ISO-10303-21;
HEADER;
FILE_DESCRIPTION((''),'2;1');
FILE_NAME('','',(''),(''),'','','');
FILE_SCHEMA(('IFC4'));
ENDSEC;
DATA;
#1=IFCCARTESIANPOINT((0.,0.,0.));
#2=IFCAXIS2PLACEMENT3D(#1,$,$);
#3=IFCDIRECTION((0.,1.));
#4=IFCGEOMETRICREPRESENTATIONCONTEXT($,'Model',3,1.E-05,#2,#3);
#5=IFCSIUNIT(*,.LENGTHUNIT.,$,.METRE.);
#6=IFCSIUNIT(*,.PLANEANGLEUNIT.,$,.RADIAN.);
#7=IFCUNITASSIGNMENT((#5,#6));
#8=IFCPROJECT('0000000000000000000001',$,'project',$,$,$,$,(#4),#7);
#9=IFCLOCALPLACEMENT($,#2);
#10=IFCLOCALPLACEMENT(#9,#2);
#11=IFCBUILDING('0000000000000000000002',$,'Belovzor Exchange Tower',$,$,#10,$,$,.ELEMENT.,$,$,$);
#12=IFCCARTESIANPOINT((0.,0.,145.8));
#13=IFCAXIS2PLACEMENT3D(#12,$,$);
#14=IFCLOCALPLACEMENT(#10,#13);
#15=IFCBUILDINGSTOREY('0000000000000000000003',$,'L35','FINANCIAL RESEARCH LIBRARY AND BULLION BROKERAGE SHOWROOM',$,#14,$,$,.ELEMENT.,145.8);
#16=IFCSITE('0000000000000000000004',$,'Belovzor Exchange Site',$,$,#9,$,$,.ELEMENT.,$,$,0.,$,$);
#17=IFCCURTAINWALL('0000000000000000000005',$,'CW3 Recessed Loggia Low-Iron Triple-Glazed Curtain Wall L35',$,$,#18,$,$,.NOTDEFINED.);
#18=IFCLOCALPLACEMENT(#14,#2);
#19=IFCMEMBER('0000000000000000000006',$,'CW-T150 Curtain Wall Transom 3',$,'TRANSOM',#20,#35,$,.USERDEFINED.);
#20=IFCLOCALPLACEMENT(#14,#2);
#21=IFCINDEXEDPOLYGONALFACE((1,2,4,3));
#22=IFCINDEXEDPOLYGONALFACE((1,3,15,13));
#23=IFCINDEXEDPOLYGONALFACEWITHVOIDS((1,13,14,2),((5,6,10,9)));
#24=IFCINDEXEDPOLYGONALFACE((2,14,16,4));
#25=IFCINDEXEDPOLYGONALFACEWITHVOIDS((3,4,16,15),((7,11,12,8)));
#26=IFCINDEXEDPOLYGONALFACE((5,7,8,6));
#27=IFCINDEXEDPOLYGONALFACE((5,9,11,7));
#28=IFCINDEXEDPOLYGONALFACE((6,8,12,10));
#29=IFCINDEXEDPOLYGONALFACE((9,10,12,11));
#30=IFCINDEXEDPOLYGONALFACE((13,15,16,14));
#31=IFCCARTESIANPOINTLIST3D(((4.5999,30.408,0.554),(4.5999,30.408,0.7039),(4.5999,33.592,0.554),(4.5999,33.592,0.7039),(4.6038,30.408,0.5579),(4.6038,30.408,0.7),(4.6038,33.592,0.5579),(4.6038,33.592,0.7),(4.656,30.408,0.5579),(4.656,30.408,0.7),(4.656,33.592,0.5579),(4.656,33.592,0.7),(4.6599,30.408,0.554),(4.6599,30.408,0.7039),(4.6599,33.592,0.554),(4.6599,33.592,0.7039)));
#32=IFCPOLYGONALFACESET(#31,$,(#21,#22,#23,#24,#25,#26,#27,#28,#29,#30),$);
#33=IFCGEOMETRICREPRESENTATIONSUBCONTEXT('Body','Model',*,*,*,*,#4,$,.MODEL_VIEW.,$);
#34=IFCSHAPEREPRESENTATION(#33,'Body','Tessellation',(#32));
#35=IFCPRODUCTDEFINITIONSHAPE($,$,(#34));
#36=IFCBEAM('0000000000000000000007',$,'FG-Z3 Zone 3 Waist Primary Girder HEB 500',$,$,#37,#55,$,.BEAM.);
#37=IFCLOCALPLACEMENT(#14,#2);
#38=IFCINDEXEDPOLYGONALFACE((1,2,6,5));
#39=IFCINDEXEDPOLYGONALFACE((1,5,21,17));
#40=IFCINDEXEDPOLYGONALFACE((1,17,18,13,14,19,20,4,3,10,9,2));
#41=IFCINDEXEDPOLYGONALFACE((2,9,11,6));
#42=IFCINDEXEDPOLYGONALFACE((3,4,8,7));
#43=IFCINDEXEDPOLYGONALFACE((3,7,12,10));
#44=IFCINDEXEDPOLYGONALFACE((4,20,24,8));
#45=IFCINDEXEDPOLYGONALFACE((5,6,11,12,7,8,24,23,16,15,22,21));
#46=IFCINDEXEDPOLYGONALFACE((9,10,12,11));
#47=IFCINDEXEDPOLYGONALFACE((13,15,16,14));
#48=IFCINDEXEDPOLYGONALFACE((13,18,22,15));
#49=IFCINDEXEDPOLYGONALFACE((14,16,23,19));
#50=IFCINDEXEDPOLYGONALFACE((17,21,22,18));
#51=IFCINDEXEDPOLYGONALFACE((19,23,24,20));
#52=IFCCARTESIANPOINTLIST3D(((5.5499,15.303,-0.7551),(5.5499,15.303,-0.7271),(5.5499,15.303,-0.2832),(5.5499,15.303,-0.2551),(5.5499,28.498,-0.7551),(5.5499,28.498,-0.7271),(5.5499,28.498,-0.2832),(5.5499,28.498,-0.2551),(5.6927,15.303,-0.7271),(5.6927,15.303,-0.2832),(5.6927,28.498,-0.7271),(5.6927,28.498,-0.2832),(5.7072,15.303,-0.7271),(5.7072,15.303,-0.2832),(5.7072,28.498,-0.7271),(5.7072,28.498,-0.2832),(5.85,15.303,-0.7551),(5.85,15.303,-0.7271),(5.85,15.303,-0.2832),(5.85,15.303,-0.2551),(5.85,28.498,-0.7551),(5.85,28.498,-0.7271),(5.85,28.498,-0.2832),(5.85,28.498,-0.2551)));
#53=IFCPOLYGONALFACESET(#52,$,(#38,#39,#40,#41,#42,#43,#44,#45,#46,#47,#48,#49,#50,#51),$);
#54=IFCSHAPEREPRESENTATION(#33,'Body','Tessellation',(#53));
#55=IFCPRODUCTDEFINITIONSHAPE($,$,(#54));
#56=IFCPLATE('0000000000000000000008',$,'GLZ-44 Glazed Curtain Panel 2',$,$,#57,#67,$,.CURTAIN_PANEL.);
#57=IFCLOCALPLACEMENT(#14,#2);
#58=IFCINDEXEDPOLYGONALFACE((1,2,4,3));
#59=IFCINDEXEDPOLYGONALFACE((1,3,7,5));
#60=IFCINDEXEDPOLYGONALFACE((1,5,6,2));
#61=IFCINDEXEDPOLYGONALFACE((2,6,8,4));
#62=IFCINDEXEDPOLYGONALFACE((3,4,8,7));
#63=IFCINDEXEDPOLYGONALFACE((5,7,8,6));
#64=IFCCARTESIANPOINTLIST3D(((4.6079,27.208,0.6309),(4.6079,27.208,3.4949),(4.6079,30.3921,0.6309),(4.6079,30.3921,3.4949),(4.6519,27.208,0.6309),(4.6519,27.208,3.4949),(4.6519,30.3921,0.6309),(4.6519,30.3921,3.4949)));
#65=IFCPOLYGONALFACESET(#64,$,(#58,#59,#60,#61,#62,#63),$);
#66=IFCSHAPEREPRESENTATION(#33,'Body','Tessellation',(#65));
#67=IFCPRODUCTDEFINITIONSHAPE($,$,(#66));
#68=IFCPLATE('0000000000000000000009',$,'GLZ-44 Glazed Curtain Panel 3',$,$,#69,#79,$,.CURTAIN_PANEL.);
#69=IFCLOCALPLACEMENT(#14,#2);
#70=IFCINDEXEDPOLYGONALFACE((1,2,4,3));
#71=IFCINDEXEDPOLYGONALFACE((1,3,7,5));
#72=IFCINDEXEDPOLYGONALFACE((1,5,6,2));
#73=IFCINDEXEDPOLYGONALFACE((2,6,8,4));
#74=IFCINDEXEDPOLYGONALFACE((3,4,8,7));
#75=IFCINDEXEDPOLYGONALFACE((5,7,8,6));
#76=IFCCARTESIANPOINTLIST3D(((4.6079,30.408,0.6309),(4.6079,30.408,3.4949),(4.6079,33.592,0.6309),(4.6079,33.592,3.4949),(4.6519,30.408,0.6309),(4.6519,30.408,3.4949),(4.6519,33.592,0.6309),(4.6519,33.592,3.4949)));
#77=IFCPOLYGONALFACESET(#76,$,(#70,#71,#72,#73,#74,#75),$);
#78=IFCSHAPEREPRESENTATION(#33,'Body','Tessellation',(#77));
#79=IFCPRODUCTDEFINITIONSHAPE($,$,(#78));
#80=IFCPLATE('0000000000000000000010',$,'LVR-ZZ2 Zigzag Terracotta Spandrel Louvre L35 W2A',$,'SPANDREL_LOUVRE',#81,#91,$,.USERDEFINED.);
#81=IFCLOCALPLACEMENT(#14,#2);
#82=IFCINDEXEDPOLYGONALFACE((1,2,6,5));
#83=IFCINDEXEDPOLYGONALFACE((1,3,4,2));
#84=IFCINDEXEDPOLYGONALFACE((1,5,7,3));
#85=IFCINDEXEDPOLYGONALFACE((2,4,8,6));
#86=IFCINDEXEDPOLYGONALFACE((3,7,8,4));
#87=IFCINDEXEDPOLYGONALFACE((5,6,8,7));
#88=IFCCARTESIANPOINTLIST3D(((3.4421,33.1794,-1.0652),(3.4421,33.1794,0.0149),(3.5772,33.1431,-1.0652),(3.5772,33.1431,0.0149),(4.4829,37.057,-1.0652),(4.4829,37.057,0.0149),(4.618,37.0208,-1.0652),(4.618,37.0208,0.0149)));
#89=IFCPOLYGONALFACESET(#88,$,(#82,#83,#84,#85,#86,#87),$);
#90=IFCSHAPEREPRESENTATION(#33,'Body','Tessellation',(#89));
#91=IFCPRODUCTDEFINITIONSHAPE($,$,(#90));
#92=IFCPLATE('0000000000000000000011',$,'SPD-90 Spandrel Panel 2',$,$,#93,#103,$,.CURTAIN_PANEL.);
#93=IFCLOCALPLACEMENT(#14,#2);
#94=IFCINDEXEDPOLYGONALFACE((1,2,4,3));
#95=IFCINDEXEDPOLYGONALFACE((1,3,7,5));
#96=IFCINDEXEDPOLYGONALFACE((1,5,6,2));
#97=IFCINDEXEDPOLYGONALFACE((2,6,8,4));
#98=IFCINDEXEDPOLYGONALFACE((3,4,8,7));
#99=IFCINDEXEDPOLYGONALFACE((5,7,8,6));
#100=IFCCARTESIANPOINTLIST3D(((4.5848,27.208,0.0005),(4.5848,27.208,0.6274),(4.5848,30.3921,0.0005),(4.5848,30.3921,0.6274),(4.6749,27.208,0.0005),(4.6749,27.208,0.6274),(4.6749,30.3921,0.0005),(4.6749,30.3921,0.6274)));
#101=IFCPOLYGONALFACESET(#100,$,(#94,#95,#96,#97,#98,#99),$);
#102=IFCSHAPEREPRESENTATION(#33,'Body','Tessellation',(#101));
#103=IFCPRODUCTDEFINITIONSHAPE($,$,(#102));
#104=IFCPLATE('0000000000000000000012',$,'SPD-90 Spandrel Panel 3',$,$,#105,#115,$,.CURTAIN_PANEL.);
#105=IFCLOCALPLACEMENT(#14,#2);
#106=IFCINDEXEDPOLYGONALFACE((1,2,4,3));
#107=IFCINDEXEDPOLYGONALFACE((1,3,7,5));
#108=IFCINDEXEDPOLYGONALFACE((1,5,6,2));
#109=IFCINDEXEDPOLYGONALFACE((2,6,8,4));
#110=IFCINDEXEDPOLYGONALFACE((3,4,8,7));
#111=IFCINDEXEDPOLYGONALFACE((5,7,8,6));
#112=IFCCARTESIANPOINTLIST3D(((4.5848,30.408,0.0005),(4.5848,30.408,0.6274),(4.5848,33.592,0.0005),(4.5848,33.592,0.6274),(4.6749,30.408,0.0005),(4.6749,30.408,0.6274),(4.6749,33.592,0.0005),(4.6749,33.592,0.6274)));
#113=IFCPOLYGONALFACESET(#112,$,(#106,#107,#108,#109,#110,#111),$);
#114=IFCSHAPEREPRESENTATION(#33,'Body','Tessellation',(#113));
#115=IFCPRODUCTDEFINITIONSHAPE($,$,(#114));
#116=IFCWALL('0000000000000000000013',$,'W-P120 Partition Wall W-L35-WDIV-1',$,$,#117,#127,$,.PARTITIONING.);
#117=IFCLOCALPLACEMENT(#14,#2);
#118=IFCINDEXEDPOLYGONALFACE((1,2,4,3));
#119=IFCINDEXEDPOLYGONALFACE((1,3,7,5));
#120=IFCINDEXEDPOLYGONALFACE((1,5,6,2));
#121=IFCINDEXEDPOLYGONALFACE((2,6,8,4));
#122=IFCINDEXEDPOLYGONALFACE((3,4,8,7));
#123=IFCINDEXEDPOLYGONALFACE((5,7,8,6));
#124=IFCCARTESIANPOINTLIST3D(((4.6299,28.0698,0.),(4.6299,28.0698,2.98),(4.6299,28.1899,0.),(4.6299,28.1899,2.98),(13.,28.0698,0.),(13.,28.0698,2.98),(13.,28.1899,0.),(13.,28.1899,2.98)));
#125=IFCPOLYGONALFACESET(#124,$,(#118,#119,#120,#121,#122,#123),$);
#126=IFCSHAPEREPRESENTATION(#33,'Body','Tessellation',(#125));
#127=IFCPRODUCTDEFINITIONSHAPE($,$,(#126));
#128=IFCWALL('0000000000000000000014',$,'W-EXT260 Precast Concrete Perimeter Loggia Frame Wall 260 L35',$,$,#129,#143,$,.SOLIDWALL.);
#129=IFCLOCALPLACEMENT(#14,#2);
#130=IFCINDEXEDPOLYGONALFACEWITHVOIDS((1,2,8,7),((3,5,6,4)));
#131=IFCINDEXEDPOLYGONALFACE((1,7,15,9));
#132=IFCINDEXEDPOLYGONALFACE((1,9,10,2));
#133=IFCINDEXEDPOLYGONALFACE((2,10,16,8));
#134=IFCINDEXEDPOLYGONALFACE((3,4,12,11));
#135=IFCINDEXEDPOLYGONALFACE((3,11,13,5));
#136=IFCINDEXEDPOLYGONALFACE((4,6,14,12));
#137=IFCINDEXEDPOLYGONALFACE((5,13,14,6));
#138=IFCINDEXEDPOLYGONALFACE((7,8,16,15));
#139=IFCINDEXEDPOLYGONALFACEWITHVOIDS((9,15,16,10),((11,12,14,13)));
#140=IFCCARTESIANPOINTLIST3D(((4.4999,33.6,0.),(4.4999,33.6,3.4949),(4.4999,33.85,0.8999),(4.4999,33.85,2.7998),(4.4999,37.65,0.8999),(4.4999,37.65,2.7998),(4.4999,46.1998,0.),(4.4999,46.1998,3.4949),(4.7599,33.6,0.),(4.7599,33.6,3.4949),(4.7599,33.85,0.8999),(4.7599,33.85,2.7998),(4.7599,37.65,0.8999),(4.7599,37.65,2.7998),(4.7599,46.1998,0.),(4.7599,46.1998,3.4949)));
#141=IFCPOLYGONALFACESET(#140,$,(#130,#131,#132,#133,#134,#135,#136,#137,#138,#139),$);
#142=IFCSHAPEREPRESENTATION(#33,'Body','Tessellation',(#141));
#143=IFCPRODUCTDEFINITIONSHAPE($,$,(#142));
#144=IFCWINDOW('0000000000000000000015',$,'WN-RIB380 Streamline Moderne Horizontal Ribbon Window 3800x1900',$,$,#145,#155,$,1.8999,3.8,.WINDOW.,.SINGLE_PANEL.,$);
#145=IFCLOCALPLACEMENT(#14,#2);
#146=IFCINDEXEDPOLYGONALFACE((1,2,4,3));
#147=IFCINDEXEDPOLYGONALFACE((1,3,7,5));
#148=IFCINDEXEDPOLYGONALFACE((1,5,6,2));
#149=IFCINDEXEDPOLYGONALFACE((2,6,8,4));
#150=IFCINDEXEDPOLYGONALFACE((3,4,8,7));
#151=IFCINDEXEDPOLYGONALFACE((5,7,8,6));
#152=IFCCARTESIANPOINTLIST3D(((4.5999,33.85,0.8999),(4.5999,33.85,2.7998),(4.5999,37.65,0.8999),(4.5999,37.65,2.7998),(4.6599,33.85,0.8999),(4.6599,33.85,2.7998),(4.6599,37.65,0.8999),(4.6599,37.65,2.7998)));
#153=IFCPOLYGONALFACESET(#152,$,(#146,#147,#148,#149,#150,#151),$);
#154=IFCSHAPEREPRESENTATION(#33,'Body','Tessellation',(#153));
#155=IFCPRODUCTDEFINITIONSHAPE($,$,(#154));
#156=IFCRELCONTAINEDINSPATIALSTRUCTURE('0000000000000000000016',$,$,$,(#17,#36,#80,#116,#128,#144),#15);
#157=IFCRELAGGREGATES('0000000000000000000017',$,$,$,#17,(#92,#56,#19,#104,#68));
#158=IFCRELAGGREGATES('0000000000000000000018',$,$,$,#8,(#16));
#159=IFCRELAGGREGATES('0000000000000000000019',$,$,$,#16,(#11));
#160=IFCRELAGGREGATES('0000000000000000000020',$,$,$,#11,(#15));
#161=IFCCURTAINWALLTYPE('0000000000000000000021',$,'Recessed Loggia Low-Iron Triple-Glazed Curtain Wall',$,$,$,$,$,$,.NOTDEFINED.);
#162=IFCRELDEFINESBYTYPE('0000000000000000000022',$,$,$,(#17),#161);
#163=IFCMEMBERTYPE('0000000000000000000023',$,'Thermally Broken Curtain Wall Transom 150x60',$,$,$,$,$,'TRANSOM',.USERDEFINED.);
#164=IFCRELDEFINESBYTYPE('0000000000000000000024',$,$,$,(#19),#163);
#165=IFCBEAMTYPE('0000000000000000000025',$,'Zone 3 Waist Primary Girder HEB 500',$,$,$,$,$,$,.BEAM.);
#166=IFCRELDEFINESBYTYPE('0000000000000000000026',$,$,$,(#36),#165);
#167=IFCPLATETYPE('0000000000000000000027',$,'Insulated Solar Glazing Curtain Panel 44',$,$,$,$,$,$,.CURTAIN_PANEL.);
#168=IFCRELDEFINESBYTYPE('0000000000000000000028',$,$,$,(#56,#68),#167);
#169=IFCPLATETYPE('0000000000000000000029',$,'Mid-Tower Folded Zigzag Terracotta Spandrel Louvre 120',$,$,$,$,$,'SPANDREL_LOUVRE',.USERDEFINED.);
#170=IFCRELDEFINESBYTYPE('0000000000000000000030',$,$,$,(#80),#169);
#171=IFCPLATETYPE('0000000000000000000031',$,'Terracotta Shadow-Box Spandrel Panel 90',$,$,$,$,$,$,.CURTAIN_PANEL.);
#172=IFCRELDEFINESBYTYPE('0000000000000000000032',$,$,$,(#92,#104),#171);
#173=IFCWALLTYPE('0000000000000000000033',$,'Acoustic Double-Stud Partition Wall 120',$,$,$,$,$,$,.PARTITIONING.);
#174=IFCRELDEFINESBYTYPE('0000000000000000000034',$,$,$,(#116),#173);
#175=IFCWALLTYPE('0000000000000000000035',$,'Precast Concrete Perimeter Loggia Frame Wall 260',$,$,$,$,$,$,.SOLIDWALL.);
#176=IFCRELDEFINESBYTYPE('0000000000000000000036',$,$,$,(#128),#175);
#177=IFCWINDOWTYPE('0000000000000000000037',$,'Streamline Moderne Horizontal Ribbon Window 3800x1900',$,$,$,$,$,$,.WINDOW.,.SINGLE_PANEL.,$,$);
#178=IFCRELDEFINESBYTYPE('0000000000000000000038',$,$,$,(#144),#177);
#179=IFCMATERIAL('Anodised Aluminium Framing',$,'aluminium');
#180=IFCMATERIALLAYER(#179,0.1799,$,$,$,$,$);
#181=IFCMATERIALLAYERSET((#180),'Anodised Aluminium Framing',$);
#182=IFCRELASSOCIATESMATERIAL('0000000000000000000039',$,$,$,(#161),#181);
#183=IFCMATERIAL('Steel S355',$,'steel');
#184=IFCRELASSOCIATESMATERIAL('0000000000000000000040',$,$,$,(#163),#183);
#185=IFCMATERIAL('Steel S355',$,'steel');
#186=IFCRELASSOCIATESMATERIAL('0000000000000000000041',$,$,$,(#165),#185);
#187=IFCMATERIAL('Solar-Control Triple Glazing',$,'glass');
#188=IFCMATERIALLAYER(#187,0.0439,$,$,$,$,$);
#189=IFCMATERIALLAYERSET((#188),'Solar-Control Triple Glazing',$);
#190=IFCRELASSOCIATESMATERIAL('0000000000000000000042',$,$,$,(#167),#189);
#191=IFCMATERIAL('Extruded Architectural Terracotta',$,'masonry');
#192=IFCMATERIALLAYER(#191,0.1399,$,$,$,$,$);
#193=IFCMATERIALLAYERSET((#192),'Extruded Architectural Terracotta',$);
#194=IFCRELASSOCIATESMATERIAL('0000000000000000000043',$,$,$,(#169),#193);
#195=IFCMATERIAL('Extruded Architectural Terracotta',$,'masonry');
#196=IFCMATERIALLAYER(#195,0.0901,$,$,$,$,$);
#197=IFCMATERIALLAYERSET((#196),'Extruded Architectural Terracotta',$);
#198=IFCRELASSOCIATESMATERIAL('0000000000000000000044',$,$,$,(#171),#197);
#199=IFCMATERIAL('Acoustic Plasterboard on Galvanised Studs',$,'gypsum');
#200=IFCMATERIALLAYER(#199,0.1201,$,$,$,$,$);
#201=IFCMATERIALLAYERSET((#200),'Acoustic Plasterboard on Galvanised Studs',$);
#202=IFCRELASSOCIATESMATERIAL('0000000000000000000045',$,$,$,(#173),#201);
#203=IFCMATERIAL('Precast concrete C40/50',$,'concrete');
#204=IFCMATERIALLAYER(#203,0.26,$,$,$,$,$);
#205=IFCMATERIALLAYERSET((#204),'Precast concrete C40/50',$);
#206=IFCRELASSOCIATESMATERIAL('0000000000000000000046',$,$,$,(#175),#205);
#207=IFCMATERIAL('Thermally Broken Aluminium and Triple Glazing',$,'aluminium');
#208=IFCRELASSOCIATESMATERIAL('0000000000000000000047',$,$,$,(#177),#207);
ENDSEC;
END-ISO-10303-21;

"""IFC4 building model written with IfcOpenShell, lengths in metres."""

from ifc_helpers import new_model, si_unit, direction, frame, frame_2d, origin, origin_2d, place, context, subcontext, project, spatial, rectangle, hollow_rectangle, i_section, extrude, material, layer, layer_set, material_profile, profile_set, type_object, element, fill, aggregate, save


model = new_model("IFC4")

# Units and contexts
model_context = context("Model", 3, precision=1e-05, world=origin(), true_north=direction((0.0, 1.0)))
body_context = subcontext(model_context, "Body", "Model", "MODEL_VIEW")
ifc_project = project(units=[si_unit("LENGTHUNIT", "METRE"), si_unit("PLANEANGLEUNIT", "RADIAN")], contexts=[model_context])

# Site, building, storey
site_placement = place(None, origin())
site = spatial("IfcSite", under=ifc_project, at=site_placement, Name="Belovzor Exchange Site", CompositionType="ELEMENT", RefElevation=0.0)
building_placement = place(site_placement, origin())
building = spatial("IfcBuilding", under=site, at=building_placement, Name="Belovzor Exchange Tower", CompositionType="ELEMENT")
storey_placement = place(building_placement, frame((0.0, 0.0, 145.8)))
storey = spatial("IfcBuildingStorey", under=building, at=storey_placement, Name="L35", Description="FINANCIAL RESEARCH LIBRARY AND BULLION BROKERAGE SHOWROOM", CompositionType="ELEMENT", Elevation=145.8)

# Curtain wall, member
ifc_material_1 = material(Name="Anodised Aluminium Framing", Category="aluminium")
ifc_layer_1 = layer(ifc_material_1, 0.1799)
ifc_layer_set_1 = layer_set([ifc_layer_1], Name="Anodised Aluminium Framing")
curtain_wall_type = type_object("IfcCurtainWallType", Name="Recessed Loggia Low-Iron Triple-Glazed Curtain Wall", PredefinedType="NOTDEFINED", material=ifc_layer_set_1)
curtain_wall_placement = place(storey_placement, origin())
curtain_wall = element("IfcCurtainWall", 1, at=curtain_wall_placement, inside=storey, type_object=curtain_wall_type, Name="CW3 Recessed Loggia Low-Iron Triple-Glazed Curtain Wall L35", PredefinedType="NOTDEFINED")
ifc_material_2 = material(Name="Steel S355", Category="steel")
ifc_material_profile_1 = material_profile(ifc_material_2, hollow_rectangle(XDim=0.0601, YDim=0.1499, WallThickness=0.0039, at=origin_2d()))
ifc_profile_set_1 = profile_set([ifc_material_profile_1], Name="Steel S355")
member_type_1 = type_object("IfcMemberType", Name="Thermally Broken Curtain Wall Transom 150x60", ElementType="TRANSOM", PredefinedType="USERDEFINED", material=ifc_profile_set_1)
member_1_placement = place(storey_placement, frame((4.6299, 30.408, 0.6289), z_axis=(0.0, 1.0, 0.0), x_axis=(-1.0, 0.0, 0.0)))
member_1 = element("IfcMember", 2, at=member_1_placement, type_object=member_type_1, Name="CW-T150 Curtain Wall Transom 3", ObjectType="TRANSOM", PredefinedType="USERDEFINED", context=body_context, shape_type="SweptSolid", body=[
    extrude(hollow_rectangle(XDim=0.0601, YDim=0.1499, WallThickness=0.0039, at=origin_2d()), origin(), (0.0, 0.0, 1.0), 3.1841),
])

# Beam
ifc_material_3 = material(Name="Steel S355", Category="steel")
ifc_material_profile_2 = material_profile(ifc_material_3, i_section(OverallWidth=0.3, OverallDepth=0.5, WebThickness=0.0144, FlangeThickness=0.0281, at=origin_2d()))
ifc_profile_set_2 = profile_set([ifc_material_profile_2], Name="Steel S355")
beam_type_1 = type_object("IfcBeamType", Name="Zone 3 Waist Primary Girder HEB 500", PredefinedType="BEAM", material=ifc_profile_set_2)
beam_1_placement = place(storey_placement, frame((5.7, 28.498, -0.5051), z_axis=(0.0, -1.0, 0.0), x_axis=(1.0, 0.0, 0.0)))
element("IfcBeam", 3, at=beam_1_placement, inside=storey, type_object=beam_type_1, Name="FG-Z3 Zone 3 Waist Primary Girder HEB 500", PredefinedType="BEAM", context=body_context, shape_type="SweptSolid", body=[
    extrude(i_section(OverallWidth=0.3, OverallDepth=0.5, WebThickness=0.0144, FlangeThickness=0.0281, at=origin_2d()), origin(), (0.0, 0.0, 1.0), 13.1951),
])

# Plates
ifc_material_4 = material(Name="Solar-Control Triple Glazing", Category="glass")
ifc_layer_2 = layer(ifc_material_4, 0.0439)
ifc_layer_set_2 = layer_set([ifc_layer_2], Name="Solar-Control Triple Glazing")
plate_type_1 = type_object("IfcPlateType", Name="Insulated Solar Glazing Curtain Panel 44", PredefinedType="CURTAIN_PANEL", material=ifc_layer_set_2)
plate_1_placement = place(storey_placement, frame((4.6299, 28.8, 0.6309), z_axis=(0.0, 0.0, 1.0), x_axis=(0.0, 1.0, 0.0)))
plate_1 = element("IfcPlate", 4, at=plate_1_placement, type_object=plate_type_1, Name="GLZ-44 Glazed Curtain Panel 2", PredefinedType="CURTAIN_PANEL", context=body_context, shape_type="SweptSolid", body=[
    extrude(rectangle(XDim=3.1841, YDim=0.0439, at=origin_2d()), origin(), (0.0, 0.0, 1.0), 2.864),
])
plate_2_placement = place(storey_placement, frame((4.6299, 32.0, 0.6309), z_axis=(0.0, 0.0, 1.0), x_axis=(0.0, 1.0, 0.0)))
plate_2 = element("IfcPlate", 5, at=plate_2_placement, type_object=plate_type_1, Name="GLZ-44 Glazed Curtain Panel 3", PredefinedType="CURTAIN_PANEL", context=body_context, shape_type="SweptSolid", body=[
    extrude(rectangle(XDim=3.1841, YDim=0.0439, at=origin_2d()), origin(), (0.0, 0.0, 1.0), 2.864),
])
ifc_material_5 = material(Name="Extruded Architectural Terracotta", Category="masonry")
ifc_layer_3 = layer(ifc_material_5, 0.1399)
ifc_layer_set_3 = layer_set([ifc_layer_3], Name="Extruded Architectural Terracotta")
plate_type_2 = type_object("IfcPlateType", Name="Mid-Tower Folded Zigzag Terracotta Spandrel Louvre 120", ElementType="SPANDREL_LOUVRE", PredefinedType="USERDEFINED", material=ifc_layer_set_3)
plate_3_placement = place(storey_placement, frame((4.03, 35.1001, -1.0652), z_axis=(0.0, 0.0, 1.0), x_axis=(0.25924, 0.965813, 0.0)))
element("IfcPlate", 6, at=plate_3_placement, inside=storey, type_object=plate_type_2, Name="LVR-ZZ2 Zigzag Terracotta Spandrel Louvre L35 W2A", ObjectType="SPANDREL_LOUVRE", PredefinedType="USERDEFINED", context=body_context, shape_type="SweptSolid", body=[
    extrude(rectangle(XDim=4.0149, YDim=0.1399, at=origin_2d()), origin(), (0.0, 0.0, 1.0), 1.0801),
])
ifc_material_6 = material(Name="Extruded Architectural Terracotta", Category="masonry")
ifc_layer_4 = layer(ifc_material_6, 0.0901)
ifc_layer_set_4 = layer_set([ifc_layer_4], Name="Extruded Architectural Terracotta")
plate_type_3 = type_object("IfcPlateType", Name="Terracotta Shadow-Box Spandrel Panel 90", PredefinedType="CURTAIN_PANEL", material=ifc_layer_set_4)
plate_4_placement = place(storey_placement, frame((4.6299, 28.8, 0.0005), z_axis=(0.0, 0.0, 1.0), x_axis=(0.0, 1.0, 0.0)))
plate_4 = element("IfcPlate", 7, at=plate_4_placement, type_object=plate_type_3, Name="SPD-90 Spandrel Panel 2", PredefinedType="CURTAIN_PANEL", context=body_context, shape_type="SweptSolid", body=[
    extrude(rectangle(XDim=3.1841, YDim=0.0901, at=origin_2d()), origin(), (0.0, 0.0, 1.0), 0.627),
])
plate_5_placement = place(storey_placement, frame((4.6299, 32.0, 0.0005), z_axis=(0.0, 0.0, 1.0), x_axis=(0.0, 1.0, 0.0)))
plate_5 = element("IfcPlate", 8, at=plate_5_placement, type_object=plate_type_3, Name="SPD-90 Spandrel Panel 3", PredefinedType="CURTAIN_PANEL", context=body_context, shape_type="SweptSolid", body=[
    extrude(rectangle(XDim=3.1841, YDim=0.0901, at=origin_2d()), origin(), (0.0, 0.0, 1.0), 0.627),
])
aggregate(curtain_wall, [plate_4, plate_1, member_1, plate_5, plate_2])

# Wall
ifc_material_7 = material(Name="Acoustic Plasterboard on Galvanised Studs", Category="gypsum")
ifc_layer_5 = layer(ifc_material_7, 0.1201)
ifc_layer_set_5 = layer_set([ifc_layer_5], Name="Acoustic Plasterboard on Galvanised Studs")
wall_type_1 = type_object("IfcWallType", Name="Acoustic Double-Stud Partition Wall 120", PredefinedType="PARTITIONING", material=ifc_layer_set_5)
wall_1_placement = place(storey_placement, frame((4.6299, 28.1299, 0.0), z_axis=(0.0, 0.0, 1.0), x_axis=(1.0, 0.0, 0.0)))
element("IfcWall", 9, at=wall_1_placement, inside=storey, type_object=wall_type_1, Name="W-P120 Partition Wall W-L35-WDIV-1", PredefinedType="PARTITIONING", context=body_context, shape_type="SweptSolid", body=[
    extrude(rectangle(XDim=8.3701, YDim=0.1201, at=frame_2d((4.1851, 0.0))), origin(), (0.0, 0.0, 1.0), 2.98),
])

# Wall, opening, window
ifc_material_8 = material(Name="Precast concrete C40/50", Category="concrete")
ifc_layer_6 = layer(ifc_material_8, 0.26)
ifc_layer_set_6 = layer_set([ifc_layer_6], Name="Precast concrete C40/50")
wall_type_2 = type_object("IfcWallType", Name="Precast Concrete Perimeter Loggia Frame Wall 260", PredefinedType="SOLIDWALL", material=ifc_layer_set_6)
wall_2_placement = place(storey_placement, frame((4.6299, 33.6001, 0.0), z_axis=(0.0, 0.0, 1.0), x_axis=(0.0, 1.0, 0.0)))
wall_2 = element("IfcWall", 10, at=wall_2_placement, inside=storey, type_object=wall_type_2, Name="W-EXT260 Precast Concrete Perimeter Loggia Frame Wall 260 L35", PredefinedType="SOLIDWALL", context=body_context, shape_type="SweptSolid", body=[
    extrude(rectangle(XDim=12.5999, YDim=0.26, at=frame_2d((6.2998, 0.0))), origin(), (0.0, 0.0, 1.0), 3.4949),
])
opening_placement = place(wall_2_placement, frame((0.25, 0.0, 0.8999)))
opening = element("IfcOpeningElement", 11, at=opening_placement, cuts=wall_2, PredefinedType="OPENING", context=body_context, shape_type="SweptSolid", body=[
    extrude(rectangle(XDim=3.8, YDim=1.8999, at=frame_2d((1.8999, 0.95))), frame((0.0, 0.1399, 0.0), z_axis=(0.0, -1.0, 0.0), x_axis=(1.0, 0.0, 0.0)), (0.0, 0.0, 1.0), 0.28),
])
ifc_material_9 = material(Name="Thermally Broken Aluminium and Triple Glazing", Category="aluminium")
window_type = type_object("IfcWindowType", Name="Streamline Moderne Horizontal Ribbon Window 3800x1900", PartitioningType="SINGLE_PANEL", PredefinedType="WINDOW", material=ifc_material_9)
window_placement = place(opening_placement, origin())
window = element("IfcWindow", 12, at=window_placement, inside=storey, type_object=window_type, Name="WN-RIB380 Streamline Moderne Horizontal Ribbon Window 3800x1900", OverallHeight=1.8999, OverallWidth=3.8, PartitioningType="SINGLE_PANEL", PredefinedType="WINDOW", context=body_context, shape_type="SweptSolid", body=[
    extrude(rectangle(XDim=3.8, YDim=1.8999, at=frame_2d((1.8999, 0.95))), frame((0.0, 0.03, 0.0), z_axis=(0.0, -1.0, 0.0), x_axis=(1.0, 0.0, 0.0)), (0.0, 0.0, 1.0), 0.0601),
])
fill(opening, window)

save(model, "model.ifc")
